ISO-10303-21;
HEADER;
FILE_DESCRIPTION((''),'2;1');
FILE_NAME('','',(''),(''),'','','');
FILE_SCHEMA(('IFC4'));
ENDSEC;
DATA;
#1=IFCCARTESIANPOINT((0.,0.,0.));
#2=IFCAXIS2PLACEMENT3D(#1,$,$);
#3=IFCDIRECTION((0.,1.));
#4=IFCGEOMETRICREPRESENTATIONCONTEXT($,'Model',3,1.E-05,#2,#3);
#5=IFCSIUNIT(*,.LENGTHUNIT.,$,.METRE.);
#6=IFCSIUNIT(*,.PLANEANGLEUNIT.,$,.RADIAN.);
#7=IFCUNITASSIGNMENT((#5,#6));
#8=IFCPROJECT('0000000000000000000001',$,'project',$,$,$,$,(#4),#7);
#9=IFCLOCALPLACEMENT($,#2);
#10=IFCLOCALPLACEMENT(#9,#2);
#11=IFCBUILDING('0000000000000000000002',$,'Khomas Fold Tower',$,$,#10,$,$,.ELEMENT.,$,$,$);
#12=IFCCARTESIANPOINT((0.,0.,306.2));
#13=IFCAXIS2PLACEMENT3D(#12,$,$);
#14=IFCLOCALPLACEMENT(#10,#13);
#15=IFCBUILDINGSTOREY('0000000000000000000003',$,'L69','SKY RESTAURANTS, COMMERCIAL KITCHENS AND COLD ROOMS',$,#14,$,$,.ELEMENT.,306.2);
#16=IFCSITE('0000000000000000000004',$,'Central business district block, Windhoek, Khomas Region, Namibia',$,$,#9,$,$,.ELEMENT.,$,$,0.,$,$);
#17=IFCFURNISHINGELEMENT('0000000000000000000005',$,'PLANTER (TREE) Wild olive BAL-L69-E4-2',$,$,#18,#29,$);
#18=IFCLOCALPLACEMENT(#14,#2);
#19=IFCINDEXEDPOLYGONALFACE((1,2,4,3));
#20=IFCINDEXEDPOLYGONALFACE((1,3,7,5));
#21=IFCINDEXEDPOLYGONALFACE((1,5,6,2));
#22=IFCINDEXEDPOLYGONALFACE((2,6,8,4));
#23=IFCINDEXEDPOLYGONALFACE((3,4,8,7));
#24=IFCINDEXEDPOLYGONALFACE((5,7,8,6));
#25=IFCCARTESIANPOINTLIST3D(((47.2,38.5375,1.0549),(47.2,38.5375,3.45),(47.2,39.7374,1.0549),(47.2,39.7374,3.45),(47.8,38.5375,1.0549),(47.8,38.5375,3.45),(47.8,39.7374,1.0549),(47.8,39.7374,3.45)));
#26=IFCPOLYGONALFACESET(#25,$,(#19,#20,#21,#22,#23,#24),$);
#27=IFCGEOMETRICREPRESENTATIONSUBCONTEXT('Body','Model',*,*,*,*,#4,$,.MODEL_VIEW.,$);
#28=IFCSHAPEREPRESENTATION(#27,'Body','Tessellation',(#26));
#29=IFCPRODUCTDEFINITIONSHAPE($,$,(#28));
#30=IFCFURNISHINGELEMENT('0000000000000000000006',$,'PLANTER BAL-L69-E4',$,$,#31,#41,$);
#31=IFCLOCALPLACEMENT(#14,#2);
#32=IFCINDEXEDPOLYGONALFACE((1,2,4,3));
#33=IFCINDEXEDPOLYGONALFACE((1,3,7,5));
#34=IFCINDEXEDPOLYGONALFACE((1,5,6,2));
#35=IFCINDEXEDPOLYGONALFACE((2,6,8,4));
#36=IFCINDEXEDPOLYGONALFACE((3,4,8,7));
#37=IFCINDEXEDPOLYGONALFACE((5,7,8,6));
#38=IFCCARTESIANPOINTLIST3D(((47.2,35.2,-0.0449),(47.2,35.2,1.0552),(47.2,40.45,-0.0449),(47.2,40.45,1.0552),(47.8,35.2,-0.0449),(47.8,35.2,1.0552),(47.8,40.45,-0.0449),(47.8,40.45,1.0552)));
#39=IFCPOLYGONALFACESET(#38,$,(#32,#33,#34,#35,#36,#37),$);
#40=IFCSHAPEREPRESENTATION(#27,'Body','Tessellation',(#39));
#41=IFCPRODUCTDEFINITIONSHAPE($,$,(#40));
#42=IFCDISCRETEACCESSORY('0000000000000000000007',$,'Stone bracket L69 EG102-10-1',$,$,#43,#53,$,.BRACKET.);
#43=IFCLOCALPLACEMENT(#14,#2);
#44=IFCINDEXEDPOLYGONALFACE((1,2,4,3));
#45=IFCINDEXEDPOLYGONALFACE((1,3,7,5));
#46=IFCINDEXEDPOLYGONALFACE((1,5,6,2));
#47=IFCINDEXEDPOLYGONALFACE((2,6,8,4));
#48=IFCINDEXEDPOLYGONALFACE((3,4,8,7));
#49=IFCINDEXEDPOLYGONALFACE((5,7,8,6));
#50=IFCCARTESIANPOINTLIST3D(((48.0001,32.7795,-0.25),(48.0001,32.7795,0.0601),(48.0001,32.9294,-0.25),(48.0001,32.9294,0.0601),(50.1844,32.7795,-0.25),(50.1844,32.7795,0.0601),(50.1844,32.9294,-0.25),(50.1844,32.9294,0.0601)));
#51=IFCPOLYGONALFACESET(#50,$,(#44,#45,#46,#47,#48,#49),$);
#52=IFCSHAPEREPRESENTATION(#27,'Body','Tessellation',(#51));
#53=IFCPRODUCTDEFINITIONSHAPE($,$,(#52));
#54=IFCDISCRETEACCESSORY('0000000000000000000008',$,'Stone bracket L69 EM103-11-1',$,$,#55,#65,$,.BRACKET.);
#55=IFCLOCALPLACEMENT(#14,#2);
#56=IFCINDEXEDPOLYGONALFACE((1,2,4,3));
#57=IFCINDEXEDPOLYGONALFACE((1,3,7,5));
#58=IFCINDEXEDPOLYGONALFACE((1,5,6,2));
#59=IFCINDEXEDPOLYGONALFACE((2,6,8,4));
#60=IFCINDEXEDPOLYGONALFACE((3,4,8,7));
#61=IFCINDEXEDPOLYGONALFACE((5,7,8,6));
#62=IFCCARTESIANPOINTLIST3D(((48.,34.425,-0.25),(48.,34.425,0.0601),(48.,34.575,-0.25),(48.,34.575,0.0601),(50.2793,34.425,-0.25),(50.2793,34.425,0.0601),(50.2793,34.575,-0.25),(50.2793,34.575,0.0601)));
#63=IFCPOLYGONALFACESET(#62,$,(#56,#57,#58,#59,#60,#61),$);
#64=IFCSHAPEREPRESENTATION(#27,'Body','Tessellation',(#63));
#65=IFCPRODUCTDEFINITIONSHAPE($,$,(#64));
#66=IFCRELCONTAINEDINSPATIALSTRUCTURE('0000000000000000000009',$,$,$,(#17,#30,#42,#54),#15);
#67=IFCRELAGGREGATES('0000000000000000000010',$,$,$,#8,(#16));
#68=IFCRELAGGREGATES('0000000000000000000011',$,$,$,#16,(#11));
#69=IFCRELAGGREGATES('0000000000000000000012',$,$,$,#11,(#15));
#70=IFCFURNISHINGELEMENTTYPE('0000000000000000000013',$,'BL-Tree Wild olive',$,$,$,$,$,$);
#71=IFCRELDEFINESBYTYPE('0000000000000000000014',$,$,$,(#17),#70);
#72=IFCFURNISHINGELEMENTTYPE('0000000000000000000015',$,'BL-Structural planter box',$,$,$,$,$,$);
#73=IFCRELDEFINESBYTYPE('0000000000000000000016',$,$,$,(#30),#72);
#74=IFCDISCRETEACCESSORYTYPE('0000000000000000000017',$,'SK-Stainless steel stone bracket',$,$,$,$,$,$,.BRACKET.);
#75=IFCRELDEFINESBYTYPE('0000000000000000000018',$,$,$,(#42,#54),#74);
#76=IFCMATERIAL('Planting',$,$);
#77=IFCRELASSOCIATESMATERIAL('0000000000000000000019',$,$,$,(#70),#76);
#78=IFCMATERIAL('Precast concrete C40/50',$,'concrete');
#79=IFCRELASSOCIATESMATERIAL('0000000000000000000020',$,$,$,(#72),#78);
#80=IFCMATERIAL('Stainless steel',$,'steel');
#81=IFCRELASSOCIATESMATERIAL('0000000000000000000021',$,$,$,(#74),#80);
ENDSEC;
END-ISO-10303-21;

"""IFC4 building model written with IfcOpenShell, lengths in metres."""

from ifc_helpers import new_model, si_unit, direction, frame, origin, origin_2d, place, context, subcontext, project, spatial, rectangle, extrude, source, transform, mapped, material, type_object, element, save


model = new_model("IFC4")

# Units and contexts
model_context = context("Model", 3, precision=1e-05, world=origin(), true_north=direction((0.0, 1.0)))
body_context = subcontext(model_context, "Body", "Model", "MODEL_VIEW")
ifc_project = project(units=[si_unit("LENGTHUNIT", "METRE"), si_unit("PLANEANGLEUNIT", "RADIAN")], contexts=[model_context])

# Site, building, storey
site_placement = place(None, origin())
site = spatial("IfcSite", under=ifc_project, at=site_placement, Name="Central business district block, Windhoek, Khomas Region, Namibia", CompositionType="ELEMENT", RefElevation=0.0)
building_placement = place(site_placement, origin())
building = spatial("IfcBuilding", under=site, at=building_placement, Name="Khomas Fold Tower", CompositionType="ELEMENT")
storey_placement = place(building_placement, frame((0.0, 0.0, 306.2)))
storey = spatial("IfcBuildingStorey", under=building, at=storey_placement, Name="L69", Description="SKY RESTAURANTS, COMMERCIAL KITCHENS AND COLD ROOMS", CompositionType="ELEMENT", Elevation=306.2)

# Furnishing elements
shared_shape_1 = source(origin(), body_context, "Body", "SweptSolid", [
    extrude(rectangle(XDim=1.2, YDim=0.6001, at=origin_2d()), origin(), (0.0, 0.0, 1.0), 2.395),
])
ifc_material_1 = material(Name="Planting")
furnishing_element_type_1 = type_object("IfcFurnishingElementType", Name="BL-Tree Wild olive", material=ifc_material_1)
furnishing_1_placement = place(storey_placement, frame((47.5, 39.1375, 1.0549), z_axis=(0.0, 0.0, 1.0), x_axis=(0.0, 1.0, 0.0)))
element("IfcFurnishingElement", 1, at=furnishing_1_placement, inside=storey, type_object=furnishing_element_type_1, Name="PLANTER (TREE) Wild olive BAL-L69-E4-2", context=body_context, shape_type="MappedRepresentation", body=[
    mapped(shared_shape_1, transform((0.0, 0.0, 0.0))),
])
ifc_material_2 = material(Name="Precast concrete C40/50", Category="concrete")
furnishing_element_type_2 = type_object("IfcFurnishingElementType", Name="BL-Structural planter box", material=ifc_material_2)
shared_shape_2 = source(origin(), body_context, "Body", "SweptSolid", [
    extrude(rectangle(XDim=5.25, YDim=0.6001, at=origin_2d()), origin(), (0.0, 0.0, 1.0), 1.1001),
])
furnishing_2_placement = place(storey_placement, frame((47.5, 37.825, -0.0449), z_axis=(0.0, 0.0, 1.0), x_axis=(0.0, 1.0, 0.0)))
element("IfcFurnishingElement", 2, at=furnishing_2_placement, inside=storey, type_object=furnishing_element_type_2, Name="PLANTER BAL-L69-E4", context=body_context, shape_type="MappedRepresentation", body=[
    mapped(shared_shape_2, transform((0.0, 0.0, 0.0))),
])

# Discrete accessories
ifc_material_3 = material(Name="Stainless steel", Category="steel")
discrete_accessory_type = type_object("IfcDiscreteAccessoryType", Name="SK-Stainless steel stone bracket", PredefinedType="BRACKET", material=ifc_material_3)
shared_shape_3 = source(origin(), body_context, "Body", "SweptSolid", [
    extrude(rectangle(XDim=2.1843, YDim=0.1499, at=origin_2d()), origin(), (0.0, 0.0, 1.0), 0.3101),
])
discrete_accessory_1_placement = place(storey_placement, frame((49.0923, 32.8545, -0.25), z_axis=(0.0, 0.0, 1.0), x_axis=(1.0, 0.0, 0.0)))
element("IfcDiscreteAccessory", 3, at=discrete_accessory_1_placement, inside=storey, type_object=discrete_accessory_type, Name="Stone bracket L69 EG102-10-1", PredefinedType="BRACKET", context=body_context, shape_type="MappedRepresentation", body=[
    mapped(shared_shape_3, transform((0.0, 0.0, 0.0))),
])
shared_shape_4 = source(origin(), body_context, "Body", "SweptSolid", [
    extrude(rectangle(XDim=2.2793, YDim=0.1499, at=origin_2d()), origin(), (0.0, 0.0, 1.0), 0.3101),
])
discrete_accessory_2_placement = place(storey_placement, frame((49.1396, 34.5, -0.25), z_axis=(0.0, 0.0, 1.0), x_axis=(1.0, 0.0, 0.0)))
element("IfcDiscreteAccessory", 4, at=discrete_accessory_2_placement, inside=storey, type_object=discrete_accessory_type, Name="Stone bracket L69 EM103-11-1", PredefinedType="BRACKET", context=body_context, shape_type="MappedRepresentation", body=[
    mapped(shared_shape_4, transform((0.0, 0.0, 0.0))),
])

save(model, "model.ifc")
